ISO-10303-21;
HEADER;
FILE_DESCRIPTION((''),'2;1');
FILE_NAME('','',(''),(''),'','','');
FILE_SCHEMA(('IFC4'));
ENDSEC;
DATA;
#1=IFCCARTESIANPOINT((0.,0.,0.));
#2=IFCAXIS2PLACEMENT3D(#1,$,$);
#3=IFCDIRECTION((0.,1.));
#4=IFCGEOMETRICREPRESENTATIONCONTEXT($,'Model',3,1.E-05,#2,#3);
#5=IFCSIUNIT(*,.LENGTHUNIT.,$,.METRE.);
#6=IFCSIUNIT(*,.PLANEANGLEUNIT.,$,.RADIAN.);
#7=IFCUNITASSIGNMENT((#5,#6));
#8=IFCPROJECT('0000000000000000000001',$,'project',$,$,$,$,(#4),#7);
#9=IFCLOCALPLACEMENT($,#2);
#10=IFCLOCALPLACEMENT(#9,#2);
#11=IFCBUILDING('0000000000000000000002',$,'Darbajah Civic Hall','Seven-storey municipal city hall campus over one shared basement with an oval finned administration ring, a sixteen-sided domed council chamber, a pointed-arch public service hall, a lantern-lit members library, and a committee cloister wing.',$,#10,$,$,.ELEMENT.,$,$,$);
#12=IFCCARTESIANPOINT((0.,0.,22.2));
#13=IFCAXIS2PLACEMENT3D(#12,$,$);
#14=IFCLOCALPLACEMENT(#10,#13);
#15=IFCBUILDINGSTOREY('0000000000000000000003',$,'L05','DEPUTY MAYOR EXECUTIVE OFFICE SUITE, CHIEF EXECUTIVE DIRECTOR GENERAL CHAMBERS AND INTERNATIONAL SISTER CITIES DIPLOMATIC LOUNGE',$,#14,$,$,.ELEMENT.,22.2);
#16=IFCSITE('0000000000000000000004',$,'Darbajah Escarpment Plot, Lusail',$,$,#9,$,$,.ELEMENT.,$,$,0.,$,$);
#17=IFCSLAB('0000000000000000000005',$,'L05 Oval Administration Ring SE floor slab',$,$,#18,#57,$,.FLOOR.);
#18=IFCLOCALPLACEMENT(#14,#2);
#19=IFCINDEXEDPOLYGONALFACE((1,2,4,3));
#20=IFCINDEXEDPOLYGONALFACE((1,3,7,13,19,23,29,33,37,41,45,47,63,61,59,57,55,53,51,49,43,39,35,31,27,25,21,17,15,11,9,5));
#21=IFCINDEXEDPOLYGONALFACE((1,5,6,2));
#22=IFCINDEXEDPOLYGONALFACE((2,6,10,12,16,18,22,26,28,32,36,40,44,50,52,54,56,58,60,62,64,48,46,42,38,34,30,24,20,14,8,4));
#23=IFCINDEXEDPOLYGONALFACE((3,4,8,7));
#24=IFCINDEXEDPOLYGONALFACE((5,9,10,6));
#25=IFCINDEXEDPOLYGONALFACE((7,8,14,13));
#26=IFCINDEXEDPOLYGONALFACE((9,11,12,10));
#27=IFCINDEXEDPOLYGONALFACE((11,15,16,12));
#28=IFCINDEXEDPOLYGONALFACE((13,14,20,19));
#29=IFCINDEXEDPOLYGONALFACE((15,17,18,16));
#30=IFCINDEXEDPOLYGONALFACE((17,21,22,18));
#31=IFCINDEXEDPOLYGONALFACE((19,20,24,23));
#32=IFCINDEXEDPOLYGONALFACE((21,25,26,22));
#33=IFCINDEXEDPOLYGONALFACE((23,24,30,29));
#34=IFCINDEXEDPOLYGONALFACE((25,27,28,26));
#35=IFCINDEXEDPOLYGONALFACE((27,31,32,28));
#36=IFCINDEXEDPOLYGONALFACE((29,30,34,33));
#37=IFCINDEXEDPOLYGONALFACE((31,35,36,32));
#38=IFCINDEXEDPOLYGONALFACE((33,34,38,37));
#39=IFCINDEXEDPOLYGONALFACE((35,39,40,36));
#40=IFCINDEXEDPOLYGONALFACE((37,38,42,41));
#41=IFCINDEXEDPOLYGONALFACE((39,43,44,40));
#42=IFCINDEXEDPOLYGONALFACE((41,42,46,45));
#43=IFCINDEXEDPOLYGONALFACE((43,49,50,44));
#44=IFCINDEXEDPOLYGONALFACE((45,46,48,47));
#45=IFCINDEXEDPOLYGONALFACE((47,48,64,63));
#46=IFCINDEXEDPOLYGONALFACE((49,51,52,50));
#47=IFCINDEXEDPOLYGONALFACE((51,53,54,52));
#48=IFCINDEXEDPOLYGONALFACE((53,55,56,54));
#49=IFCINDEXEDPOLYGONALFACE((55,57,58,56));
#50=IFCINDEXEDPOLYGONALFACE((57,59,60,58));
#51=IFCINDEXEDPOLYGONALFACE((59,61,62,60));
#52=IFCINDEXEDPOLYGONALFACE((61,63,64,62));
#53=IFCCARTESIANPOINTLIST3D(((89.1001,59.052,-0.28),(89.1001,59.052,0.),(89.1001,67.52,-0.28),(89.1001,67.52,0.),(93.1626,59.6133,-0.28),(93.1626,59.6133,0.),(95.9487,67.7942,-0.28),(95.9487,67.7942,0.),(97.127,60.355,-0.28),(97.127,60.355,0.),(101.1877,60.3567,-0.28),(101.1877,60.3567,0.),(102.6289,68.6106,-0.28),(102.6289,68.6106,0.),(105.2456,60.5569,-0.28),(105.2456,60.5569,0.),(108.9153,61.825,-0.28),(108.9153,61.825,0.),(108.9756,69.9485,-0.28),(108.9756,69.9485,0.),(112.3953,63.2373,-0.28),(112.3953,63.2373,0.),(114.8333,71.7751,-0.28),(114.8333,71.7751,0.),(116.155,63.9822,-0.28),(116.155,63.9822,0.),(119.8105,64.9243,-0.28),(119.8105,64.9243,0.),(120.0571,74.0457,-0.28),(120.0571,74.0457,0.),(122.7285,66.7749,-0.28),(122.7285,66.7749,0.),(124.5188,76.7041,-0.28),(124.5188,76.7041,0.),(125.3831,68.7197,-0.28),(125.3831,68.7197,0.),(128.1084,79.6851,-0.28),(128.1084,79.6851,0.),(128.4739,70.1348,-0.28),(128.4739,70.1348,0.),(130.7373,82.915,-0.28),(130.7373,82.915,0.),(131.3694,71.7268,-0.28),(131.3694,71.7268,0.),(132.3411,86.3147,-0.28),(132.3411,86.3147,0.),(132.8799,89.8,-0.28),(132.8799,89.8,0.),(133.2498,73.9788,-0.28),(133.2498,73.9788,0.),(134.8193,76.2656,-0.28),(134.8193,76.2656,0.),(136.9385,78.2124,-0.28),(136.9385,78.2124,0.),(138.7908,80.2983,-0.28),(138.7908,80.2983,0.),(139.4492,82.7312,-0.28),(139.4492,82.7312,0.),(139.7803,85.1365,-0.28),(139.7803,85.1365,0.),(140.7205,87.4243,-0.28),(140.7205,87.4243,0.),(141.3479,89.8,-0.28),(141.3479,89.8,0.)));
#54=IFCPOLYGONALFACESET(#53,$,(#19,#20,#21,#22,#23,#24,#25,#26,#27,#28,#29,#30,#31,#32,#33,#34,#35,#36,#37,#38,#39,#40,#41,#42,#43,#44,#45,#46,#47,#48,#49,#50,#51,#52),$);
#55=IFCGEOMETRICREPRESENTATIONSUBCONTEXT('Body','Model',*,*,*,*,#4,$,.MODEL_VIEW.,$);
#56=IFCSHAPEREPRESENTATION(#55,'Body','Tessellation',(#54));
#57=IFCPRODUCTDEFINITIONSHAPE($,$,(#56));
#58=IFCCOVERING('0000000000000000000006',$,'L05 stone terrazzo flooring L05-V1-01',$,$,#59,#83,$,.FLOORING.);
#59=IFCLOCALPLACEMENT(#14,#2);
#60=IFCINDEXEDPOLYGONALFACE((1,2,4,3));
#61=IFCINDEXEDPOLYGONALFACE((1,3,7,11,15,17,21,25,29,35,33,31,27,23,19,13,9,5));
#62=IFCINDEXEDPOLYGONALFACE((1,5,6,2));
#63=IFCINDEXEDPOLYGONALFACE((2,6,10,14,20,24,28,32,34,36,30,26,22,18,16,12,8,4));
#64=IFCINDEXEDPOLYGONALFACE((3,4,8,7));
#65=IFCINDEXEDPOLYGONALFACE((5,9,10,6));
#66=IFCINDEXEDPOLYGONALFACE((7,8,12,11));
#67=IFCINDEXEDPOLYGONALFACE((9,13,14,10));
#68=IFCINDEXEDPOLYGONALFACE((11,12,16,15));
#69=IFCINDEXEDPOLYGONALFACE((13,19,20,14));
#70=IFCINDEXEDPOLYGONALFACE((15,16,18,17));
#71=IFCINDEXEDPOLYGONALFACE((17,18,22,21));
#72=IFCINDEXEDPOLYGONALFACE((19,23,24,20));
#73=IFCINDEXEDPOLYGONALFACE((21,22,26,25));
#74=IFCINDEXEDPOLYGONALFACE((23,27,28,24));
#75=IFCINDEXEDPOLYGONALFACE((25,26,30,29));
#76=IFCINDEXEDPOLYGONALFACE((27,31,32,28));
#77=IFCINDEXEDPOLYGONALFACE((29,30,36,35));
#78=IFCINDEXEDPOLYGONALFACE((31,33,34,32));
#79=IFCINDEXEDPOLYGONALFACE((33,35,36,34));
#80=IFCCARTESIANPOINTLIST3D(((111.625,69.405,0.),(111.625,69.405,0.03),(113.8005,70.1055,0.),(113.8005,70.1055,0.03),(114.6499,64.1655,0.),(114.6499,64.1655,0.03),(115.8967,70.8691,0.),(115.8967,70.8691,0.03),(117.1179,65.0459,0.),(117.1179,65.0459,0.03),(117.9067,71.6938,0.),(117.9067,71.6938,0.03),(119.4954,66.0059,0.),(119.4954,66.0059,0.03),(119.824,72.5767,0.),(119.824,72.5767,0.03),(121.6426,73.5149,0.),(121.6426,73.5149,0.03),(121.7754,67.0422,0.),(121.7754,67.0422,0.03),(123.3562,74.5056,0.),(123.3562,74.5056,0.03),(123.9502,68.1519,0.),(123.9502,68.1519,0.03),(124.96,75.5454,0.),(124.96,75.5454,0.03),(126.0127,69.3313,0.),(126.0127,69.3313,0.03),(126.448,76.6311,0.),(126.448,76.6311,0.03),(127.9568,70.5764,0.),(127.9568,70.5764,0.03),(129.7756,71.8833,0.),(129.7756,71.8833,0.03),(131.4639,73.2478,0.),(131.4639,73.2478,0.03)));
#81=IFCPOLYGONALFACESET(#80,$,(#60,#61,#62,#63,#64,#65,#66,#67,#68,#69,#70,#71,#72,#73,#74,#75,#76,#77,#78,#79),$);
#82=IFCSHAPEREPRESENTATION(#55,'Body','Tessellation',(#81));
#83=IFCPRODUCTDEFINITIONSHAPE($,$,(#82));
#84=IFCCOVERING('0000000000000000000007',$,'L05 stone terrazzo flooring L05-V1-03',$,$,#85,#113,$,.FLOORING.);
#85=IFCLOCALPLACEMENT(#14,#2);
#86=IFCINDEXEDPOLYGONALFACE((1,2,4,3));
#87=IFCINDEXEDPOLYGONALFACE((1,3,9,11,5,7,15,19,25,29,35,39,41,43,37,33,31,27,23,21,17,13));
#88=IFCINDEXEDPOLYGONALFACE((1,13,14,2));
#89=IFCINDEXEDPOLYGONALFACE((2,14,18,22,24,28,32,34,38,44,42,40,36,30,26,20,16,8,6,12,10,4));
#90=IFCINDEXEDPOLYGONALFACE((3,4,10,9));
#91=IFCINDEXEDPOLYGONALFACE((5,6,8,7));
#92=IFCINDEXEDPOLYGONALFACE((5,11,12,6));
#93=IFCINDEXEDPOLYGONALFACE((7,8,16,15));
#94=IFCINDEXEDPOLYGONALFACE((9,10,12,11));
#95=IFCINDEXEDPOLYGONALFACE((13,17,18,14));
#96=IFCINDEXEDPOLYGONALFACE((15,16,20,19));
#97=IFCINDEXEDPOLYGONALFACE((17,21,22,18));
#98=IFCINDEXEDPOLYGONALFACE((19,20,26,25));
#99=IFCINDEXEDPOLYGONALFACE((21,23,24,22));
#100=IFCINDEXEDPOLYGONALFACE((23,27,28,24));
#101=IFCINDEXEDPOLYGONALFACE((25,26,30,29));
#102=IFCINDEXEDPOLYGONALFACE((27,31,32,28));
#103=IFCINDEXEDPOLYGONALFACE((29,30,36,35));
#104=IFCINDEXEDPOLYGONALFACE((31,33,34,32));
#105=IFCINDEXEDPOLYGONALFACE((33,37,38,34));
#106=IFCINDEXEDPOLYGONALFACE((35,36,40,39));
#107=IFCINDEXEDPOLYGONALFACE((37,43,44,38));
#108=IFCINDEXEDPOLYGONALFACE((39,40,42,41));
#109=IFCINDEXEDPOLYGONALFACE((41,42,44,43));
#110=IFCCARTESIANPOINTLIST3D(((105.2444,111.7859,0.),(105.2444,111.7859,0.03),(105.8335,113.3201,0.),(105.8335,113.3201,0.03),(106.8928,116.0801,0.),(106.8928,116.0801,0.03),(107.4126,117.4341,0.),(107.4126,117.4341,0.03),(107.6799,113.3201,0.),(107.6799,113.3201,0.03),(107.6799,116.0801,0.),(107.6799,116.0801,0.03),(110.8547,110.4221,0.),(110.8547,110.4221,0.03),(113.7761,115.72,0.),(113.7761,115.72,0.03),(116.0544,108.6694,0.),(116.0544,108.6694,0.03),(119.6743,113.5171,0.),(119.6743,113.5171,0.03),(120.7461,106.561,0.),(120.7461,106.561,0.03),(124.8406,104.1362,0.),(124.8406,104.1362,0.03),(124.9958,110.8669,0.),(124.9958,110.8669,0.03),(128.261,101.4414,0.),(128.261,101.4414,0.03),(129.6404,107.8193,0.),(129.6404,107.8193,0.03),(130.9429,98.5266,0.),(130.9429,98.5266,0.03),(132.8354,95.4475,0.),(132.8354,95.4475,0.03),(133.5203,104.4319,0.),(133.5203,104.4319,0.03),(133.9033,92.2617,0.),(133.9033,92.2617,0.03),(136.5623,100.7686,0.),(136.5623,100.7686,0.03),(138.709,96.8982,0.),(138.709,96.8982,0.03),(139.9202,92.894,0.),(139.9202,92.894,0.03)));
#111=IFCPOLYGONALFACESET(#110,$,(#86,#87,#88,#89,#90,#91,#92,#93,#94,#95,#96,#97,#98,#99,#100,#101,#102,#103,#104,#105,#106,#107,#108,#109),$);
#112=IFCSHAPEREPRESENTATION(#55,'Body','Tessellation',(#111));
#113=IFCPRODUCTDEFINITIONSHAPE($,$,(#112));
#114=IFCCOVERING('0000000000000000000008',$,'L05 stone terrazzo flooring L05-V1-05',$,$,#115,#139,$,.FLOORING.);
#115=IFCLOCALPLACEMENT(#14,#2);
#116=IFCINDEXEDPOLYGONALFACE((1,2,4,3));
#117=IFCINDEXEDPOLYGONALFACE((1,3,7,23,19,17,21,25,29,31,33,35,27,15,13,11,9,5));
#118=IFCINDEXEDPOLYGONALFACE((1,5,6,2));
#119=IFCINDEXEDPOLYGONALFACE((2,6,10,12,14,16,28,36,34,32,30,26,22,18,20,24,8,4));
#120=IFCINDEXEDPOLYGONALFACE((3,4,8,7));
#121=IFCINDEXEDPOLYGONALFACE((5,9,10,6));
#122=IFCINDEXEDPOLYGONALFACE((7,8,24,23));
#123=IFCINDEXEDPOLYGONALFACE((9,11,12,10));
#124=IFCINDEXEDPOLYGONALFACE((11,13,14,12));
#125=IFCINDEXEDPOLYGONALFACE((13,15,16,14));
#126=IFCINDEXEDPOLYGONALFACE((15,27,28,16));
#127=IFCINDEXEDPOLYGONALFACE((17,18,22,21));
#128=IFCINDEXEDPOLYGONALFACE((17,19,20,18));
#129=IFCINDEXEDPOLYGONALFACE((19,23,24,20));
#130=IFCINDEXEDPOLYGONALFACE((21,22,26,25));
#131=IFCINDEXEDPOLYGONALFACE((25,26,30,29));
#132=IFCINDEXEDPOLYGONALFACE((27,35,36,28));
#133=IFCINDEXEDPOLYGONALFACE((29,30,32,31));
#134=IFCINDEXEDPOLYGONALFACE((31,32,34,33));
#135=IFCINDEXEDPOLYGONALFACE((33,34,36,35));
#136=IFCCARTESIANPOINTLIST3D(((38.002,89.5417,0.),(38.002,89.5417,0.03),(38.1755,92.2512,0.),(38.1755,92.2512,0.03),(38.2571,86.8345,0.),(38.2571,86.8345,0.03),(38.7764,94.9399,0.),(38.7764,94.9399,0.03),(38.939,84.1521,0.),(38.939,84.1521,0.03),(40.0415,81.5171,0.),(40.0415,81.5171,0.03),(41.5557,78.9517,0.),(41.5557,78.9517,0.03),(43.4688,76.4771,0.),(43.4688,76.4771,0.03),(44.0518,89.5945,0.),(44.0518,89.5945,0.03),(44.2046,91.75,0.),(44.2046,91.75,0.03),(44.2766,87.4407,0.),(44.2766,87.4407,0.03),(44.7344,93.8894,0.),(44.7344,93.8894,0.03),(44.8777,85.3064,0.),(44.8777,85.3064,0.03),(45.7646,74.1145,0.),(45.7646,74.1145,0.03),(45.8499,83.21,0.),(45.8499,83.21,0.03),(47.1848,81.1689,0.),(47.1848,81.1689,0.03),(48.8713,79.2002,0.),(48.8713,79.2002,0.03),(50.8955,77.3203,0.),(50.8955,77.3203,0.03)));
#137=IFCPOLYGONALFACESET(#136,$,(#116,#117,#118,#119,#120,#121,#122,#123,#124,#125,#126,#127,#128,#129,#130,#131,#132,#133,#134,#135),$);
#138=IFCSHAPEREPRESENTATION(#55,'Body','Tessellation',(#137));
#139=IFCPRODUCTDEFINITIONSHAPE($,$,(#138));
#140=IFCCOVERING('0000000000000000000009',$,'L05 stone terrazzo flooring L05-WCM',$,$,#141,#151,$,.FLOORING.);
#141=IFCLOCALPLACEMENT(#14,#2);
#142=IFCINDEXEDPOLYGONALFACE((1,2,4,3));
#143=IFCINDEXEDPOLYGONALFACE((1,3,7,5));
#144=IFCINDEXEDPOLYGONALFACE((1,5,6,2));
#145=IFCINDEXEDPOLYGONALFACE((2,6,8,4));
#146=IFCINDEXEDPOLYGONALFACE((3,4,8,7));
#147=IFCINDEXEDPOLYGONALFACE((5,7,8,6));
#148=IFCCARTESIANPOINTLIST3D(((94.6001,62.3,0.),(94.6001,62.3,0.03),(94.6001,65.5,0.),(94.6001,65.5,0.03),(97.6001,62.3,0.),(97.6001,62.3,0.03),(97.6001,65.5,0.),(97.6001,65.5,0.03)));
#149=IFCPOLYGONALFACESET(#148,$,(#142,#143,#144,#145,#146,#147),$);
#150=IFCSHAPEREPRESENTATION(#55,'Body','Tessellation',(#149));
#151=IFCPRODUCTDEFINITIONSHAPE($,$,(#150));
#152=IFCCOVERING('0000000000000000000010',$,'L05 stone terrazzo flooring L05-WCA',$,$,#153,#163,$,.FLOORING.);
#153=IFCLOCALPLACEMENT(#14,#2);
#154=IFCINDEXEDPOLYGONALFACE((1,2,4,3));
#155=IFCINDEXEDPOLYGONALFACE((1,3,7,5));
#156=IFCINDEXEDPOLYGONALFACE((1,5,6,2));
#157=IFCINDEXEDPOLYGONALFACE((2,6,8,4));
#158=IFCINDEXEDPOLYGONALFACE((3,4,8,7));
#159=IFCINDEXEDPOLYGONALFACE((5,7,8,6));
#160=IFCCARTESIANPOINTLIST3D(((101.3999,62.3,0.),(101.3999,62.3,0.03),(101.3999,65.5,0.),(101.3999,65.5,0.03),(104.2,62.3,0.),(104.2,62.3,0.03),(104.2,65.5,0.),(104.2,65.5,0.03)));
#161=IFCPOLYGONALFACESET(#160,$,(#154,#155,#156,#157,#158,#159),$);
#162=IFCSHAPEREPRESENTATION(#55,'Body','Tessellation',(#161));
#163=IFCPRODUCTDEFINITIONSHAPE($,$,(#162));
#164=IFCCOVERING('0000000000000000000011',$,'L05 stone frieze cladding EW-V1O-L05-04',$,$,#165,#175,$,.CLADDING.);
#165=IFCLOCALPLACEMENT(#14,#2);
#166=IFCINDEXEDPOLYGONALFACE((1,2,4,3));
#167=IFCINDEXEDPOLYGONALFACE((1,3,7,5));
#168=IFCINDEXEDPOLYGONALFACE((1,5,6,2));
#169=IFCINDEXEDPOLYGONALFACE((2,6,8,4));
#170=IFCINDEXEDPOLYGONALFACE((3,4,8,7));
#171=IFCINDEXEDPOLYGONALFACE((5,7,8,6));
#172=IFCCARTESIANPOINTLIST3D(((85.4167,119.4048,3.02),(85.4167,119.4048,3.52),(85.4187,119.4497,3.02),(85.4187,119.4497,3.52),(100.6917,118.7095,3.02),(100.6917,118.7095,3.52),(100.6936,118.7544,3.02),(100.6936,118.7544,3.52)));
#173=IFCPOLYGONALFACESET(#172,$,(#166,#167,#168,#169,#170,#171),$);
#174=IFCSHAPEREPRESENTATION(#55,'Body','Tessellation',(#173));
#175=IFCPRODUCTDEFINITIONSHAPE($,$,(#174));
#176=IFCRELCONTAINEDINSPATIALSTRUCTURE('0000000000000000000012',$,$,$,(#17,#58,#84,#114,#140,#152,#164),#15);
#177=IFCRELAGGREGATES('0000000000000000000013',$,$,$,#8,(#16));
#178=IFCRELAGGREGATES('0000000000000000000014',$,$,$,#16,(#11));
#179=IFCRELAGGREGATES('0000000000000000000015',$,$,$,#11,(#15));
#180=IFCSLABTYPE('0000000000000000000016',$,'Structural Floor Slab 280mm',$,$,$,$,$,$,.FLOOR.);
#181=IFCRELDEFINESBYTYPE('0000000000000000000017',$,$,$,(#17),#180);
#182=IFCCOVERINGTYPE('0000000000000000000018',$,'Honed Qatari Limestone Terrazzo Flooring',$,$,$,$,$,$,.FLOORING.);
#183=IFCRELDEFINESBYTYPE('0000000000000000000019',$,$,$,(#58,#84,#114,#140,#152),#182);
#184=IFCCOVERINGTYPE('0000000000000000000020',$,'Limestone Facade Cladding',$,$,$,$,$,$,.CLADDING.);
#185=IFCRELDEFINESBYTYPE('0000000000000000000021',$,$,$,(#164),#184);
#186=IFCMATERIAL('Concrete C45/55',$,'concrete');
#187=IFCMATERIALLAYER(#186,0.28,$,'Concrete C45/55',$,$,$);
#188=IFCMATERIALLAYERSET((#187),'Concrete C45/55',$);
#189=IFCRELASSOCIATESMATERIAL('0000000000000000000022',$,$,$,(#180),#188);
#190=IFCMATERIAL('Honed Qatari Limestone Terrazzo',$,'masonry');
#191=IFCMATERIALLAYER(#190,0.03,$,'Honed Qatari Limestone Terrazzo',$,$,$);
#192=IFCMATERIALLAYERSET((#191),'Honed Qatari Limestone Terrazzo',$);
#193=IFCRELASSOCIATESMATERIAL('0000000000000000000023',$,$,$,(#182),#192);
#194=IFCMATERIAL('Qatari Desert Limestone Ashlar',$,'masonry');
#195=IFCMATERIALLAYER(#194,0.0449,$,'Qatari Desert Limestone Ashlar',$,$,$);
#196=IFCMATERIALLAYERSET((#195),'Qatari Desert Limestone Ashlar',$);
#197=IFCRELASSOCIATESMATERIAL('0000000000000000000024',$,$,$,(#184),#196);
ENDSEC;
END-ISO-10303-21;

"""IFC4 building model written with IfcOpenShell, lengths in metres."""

from ifc_helpers import new_model, si_unit, direction, frame, origin, place, context, subcontext, project, spatial, polyline, outline, extrude, material, layer, layer_set, type_object, element, save


model = new_model("IFC4")

# Units and contexts
model_context = context("Model", 3, precision=1e-05, world=origin(), true_north=direction((0.0, 1.0)))
body_context = subcontext(model_context, "Body", "Model", "MODEL_VIEW")
ifc_project = project(units=[si_unit("LENGTHUNIT", "METRE"), si_unit("PLANEANGLEUNIT", "RADIAN")], contexts=[model_context])

# Site, building, storey
site_placement = place(None, origin())
site = spatial("IfcSite", under=ifc_project, at=site_placement, Name="Darbajah Escarpment Plot, Lusail", CompositionType="ELEMENT", RefElevation=0.0)
building_placement = place(site_placement, origin())
building = spatial("IfcBuilding", under=site, at=building_placement, Name="Darbajah Civic Hall", Description="Seven-storey municipal city hall campus over one shared basement with an oval finned administration ring, a sixteen-sided domed council chamber, a pointed-arch public service hall, a lantern-lit members library, and a committee cloister wing.", CompositionType="ELEMENT")
storey_placement = place(building_placement, frame((0.0, 0.0, 22.2)))
storey = spatial("IfcBuildingStorey", under=building, at=storey_placement, Name="L05", Description="DEPUTY MAYOR EXECUTIVE OFFICE SUITE, CHIEF EXECUTIVE DIRECTOR GENERAL CHAMBERS AND INTERNATIONAL SISTER CITIES DIPLOMATIC LOUNGE", CompositionType="ELEMENT", Elevation=22.2)

# Shared definitions
ifc_material_1 = material(Name="Concrete C45/55", Category="concrete")

# Slab
ifc_layer_1 = layer(ifc_material_1, 0.28, Name="Concrete C45/55")
ifc_layer_set_1 = layer_set([ifc_layer_1], Name="Concrete C45/55")
slab_type_1 = type_object("IfcSlabType", Name="Structural Floor Slab 280mm", PredefinedType="FLOOR", material=ifc_layer_set_1)
slab_1_placement = place(storey_placement, frame((0.0, 0.0, -0.28)))
element("IfcSlab", 1, at=slab_1_placement, inside=storey, type_object=slab_type_1, Name="L05 Oval Administration Ring SE floor slab", PredefinedType="FLOOR", context=body_context, shape_type="SweptSolid", body=[
    extrude(outline(polyline([(89.1001, 59.052), (93.1626, 59.6133), (97.127, 60.355), (101.1877, 60.3567), (105.2456, 60.5569), (108.9153, 61.825), (112.3953, 63.2373), (116.155, 63.9822), (119.8105, 64.9243), (122.7285, 66.7749), (125.3831, 68.7197), (128.4739, 70.1348), (131.3694, 71.7268), (133.2498, 73.9788), (134.8193, 76.2656), (136.9385, 78.2124), (138.7908, 80.2983), (139.4492, 82.7312), (139.7803, 85.1365), (140.7205, 87.4243), (141.3479, 89.8), (132.8799, 89.8), (132.3411, 86.3147), (130.7373, 82.915), (128.1084, 79.6851), (124.5188, 76.7041), (120.0571, 74.0457), (114.8333, 71.7751), (108.9756, 69.9485), (102.6289, 68.6106), (95.9487, 67.7942), (89.1001, 67.52), (89.1001, 59.052)])), origin(), (0.0, 0.0, 1.0), 0.28),
])

# Coverings
ifc_material_2 = material(Name="Honed Qatari Limestone Terrazzo", Category="masonry")
ifc_layer_2 = layer(ifc_material_2, 0.03, Name="Honed Qatari Limestone Terrazzo")
ifc_layer_set_2 = layer_set([ifc_layer_2], Name="Honed Qatari Limestone Terrazzo")
covering_type_1 = type_object("IfcCoveringType", Name="Honed Qatari Limestone Terrazzo Flooring", PredefinedType="FLOORING", material=ifc_layer_set_2)
covering_1_placement = place(storey_placement, origin())
element("IfcCovering", 2, at=covering_1_placement, inside=storey, type_object=covering_type_1, Name="L05 stone terrazzo flooring L05-V1-01", PredefinedType="FLOORING", context=body_context, shape_type="SweptSolid", body=[
    extrude(outline(polyline([(114.6499, 64.1655), (117.1179, 65.0459), (119.4954, 66.0059), (121.7754, 67.0422), (123.9502, 68.1519), (126.0127, 69.3313), (127.9568, 70.5764), (129.7756, 71.8833), (131.4639, 73.2478), (126.448, 76.6311), (124.96, 75.5454), (123.3562, 74.5056), (121.6426, 73.5149), (119.824, 72.5767), (117.9067, 71.6938), (115.8967, 70.8691), (113.8005, 70.1055), (111.625, 69.405), (114.6499, 64.1655)])), origin(), (0.0, 0.0, 1.0), 0.03),
])
covering_2_placement = place(storey_placement, origin())
element("IfcCovering", 3, at=covering_2_placement, inside=storey, type_object=covering_type_1, Name="L05 stone terrazzo flooring L05-V1-03", PredefinedType="FLOORING", context=body_context, shape_type="SweptSolid", body=[
    extrude(outline(polyline([(133.9033, 92.2617), (132.8354, 95.4475), (130.9429, 98.5266), (128.261, 101.4414), (124.8406, 104.1362), (120.7461, 106.561), (116.0544, 108.6694), (110.8547, 110.4221), (105.2444, 111.7859), (105.8335, 113.3201), (107.6799, 113.3201), (107.6799, 116.0801), (106.8928, 116.0801), (107.4126, 117.4341), (113.7761, 115.72), (119.6743, 113.5171), (124.9958, 110.8669), (129.6404, 107.8193), (133.5203, 104.4319), (136.5623, 100.7686), (138.709, 96.8982), (139.9202, 92.894), (133.9033, 92.2617)])), origin(), (0.0, 0.0, 1.0), 0.03),
])
covering_3_placement = place(storey_placement, origin())
element("IfcCovering", 4, at=covering_3_placement, inside=storey, type_object=covering_type_1, Name="L05 stone terrazzo flooring L05-V1-05", PredefinedType="FLOORING", context=body_context, shape_type="SweptSolid", body=[
    extrude(outline(polyline([(38.7764, 94.9399), (38.1755, 92.2512), (38.002, 89.5417), (38.2571, 86.8345), (38.939, 84.1521), (40.0415, 81.5171), (41.5557, 78.9517), (43.4688, 76.4771), (45.7646, 74.1145), (50.8955, 77.3203), (48.8713, 79.2002), (47.1848, 81.1689), (45.8499, 83.21), (44.8777, 85.3064), (44.2766, 87.4407), (44.0518, 89.5945), (44.2046, 91.75), (44.7344, 93.8894), (38.7764, 94.9399)])), origin(), (0.0, 0.0, 1.0), 0.03),
])
covering_4_placement = place(storey_placement, origin())
element("IfcCovering", 5, at=covering_4_placement, inside=storey, type_object=covering_type_1, Name="L05 stone terrazzo flooring L05-WCM", PredefinedType="FLOORING", context=body_context, shape_type="SweptSolid", body=[
    extrude(outline(polyline([(94.6001, 62.3), (97.6001, 62.3), (97.6001, 65.5), (94.6001, 65.5), (94.6001, 62.3)])), origin(), (0.0, 0.0, 1.0), 0.03),
])
covering_5_placement = place(storey_placement, origin())
element("IfcCovering", 6, at=covering_5_placement, inside=storey, type_object=covering_type_1, Name="L05 stone terrazzo flooring L05-WCA", PredefinedType="FLOORING", context=body_context, shape_type="SweptSolid", body=[
    extrude(outline(polyline([(101.3999, 62.3), (104.2, 62.3), (104.2, 65.5), (101.3999, 65.5), (101.3999, 62.3)])), origin(), (0.0, 0.0, 1.0), 0.03),
])
ifc_material_3 = material(Name="Qatari Desert Limestone Ashlar", Category="masonry")
ifc_layer_3 = layer(ifc_material_3, 0.0449, Name="Qatari Desert Limestone Ashlar")
ifc_layer_set_3 = layer_set([ifc_layer_3], Name="Qatari Desert Limestone Ashlar")
covering_type_2 = type_object("IfcCoveringType", Name="Limestone Facade Cladding", PredefinedType="CLADDING", material=ifc_layer_set_3)
covering_6_placement = place(storey_placement, frame((0.0, 0.0, 3.02)))
element("IfcCovering", 7, at=covering_6_placement, inside=storey, type_object=covering_type_2, Name="L05 stone frieze cladding EW-V1O-L05-04", PredefinedType="CLADDING", context=body_context, shape_type="SweptSolid", body=[
    extrude(outline(polyline([(100.6917, 118.7095), (85.4167, 119.4048), (85.4187, 119.4497), (100.6936, 118.7544), (100.6917, 118.7095)])), origin(), (0.0, 0.0, 1.0), 0.5),
])

save(model, "model.ifc")
